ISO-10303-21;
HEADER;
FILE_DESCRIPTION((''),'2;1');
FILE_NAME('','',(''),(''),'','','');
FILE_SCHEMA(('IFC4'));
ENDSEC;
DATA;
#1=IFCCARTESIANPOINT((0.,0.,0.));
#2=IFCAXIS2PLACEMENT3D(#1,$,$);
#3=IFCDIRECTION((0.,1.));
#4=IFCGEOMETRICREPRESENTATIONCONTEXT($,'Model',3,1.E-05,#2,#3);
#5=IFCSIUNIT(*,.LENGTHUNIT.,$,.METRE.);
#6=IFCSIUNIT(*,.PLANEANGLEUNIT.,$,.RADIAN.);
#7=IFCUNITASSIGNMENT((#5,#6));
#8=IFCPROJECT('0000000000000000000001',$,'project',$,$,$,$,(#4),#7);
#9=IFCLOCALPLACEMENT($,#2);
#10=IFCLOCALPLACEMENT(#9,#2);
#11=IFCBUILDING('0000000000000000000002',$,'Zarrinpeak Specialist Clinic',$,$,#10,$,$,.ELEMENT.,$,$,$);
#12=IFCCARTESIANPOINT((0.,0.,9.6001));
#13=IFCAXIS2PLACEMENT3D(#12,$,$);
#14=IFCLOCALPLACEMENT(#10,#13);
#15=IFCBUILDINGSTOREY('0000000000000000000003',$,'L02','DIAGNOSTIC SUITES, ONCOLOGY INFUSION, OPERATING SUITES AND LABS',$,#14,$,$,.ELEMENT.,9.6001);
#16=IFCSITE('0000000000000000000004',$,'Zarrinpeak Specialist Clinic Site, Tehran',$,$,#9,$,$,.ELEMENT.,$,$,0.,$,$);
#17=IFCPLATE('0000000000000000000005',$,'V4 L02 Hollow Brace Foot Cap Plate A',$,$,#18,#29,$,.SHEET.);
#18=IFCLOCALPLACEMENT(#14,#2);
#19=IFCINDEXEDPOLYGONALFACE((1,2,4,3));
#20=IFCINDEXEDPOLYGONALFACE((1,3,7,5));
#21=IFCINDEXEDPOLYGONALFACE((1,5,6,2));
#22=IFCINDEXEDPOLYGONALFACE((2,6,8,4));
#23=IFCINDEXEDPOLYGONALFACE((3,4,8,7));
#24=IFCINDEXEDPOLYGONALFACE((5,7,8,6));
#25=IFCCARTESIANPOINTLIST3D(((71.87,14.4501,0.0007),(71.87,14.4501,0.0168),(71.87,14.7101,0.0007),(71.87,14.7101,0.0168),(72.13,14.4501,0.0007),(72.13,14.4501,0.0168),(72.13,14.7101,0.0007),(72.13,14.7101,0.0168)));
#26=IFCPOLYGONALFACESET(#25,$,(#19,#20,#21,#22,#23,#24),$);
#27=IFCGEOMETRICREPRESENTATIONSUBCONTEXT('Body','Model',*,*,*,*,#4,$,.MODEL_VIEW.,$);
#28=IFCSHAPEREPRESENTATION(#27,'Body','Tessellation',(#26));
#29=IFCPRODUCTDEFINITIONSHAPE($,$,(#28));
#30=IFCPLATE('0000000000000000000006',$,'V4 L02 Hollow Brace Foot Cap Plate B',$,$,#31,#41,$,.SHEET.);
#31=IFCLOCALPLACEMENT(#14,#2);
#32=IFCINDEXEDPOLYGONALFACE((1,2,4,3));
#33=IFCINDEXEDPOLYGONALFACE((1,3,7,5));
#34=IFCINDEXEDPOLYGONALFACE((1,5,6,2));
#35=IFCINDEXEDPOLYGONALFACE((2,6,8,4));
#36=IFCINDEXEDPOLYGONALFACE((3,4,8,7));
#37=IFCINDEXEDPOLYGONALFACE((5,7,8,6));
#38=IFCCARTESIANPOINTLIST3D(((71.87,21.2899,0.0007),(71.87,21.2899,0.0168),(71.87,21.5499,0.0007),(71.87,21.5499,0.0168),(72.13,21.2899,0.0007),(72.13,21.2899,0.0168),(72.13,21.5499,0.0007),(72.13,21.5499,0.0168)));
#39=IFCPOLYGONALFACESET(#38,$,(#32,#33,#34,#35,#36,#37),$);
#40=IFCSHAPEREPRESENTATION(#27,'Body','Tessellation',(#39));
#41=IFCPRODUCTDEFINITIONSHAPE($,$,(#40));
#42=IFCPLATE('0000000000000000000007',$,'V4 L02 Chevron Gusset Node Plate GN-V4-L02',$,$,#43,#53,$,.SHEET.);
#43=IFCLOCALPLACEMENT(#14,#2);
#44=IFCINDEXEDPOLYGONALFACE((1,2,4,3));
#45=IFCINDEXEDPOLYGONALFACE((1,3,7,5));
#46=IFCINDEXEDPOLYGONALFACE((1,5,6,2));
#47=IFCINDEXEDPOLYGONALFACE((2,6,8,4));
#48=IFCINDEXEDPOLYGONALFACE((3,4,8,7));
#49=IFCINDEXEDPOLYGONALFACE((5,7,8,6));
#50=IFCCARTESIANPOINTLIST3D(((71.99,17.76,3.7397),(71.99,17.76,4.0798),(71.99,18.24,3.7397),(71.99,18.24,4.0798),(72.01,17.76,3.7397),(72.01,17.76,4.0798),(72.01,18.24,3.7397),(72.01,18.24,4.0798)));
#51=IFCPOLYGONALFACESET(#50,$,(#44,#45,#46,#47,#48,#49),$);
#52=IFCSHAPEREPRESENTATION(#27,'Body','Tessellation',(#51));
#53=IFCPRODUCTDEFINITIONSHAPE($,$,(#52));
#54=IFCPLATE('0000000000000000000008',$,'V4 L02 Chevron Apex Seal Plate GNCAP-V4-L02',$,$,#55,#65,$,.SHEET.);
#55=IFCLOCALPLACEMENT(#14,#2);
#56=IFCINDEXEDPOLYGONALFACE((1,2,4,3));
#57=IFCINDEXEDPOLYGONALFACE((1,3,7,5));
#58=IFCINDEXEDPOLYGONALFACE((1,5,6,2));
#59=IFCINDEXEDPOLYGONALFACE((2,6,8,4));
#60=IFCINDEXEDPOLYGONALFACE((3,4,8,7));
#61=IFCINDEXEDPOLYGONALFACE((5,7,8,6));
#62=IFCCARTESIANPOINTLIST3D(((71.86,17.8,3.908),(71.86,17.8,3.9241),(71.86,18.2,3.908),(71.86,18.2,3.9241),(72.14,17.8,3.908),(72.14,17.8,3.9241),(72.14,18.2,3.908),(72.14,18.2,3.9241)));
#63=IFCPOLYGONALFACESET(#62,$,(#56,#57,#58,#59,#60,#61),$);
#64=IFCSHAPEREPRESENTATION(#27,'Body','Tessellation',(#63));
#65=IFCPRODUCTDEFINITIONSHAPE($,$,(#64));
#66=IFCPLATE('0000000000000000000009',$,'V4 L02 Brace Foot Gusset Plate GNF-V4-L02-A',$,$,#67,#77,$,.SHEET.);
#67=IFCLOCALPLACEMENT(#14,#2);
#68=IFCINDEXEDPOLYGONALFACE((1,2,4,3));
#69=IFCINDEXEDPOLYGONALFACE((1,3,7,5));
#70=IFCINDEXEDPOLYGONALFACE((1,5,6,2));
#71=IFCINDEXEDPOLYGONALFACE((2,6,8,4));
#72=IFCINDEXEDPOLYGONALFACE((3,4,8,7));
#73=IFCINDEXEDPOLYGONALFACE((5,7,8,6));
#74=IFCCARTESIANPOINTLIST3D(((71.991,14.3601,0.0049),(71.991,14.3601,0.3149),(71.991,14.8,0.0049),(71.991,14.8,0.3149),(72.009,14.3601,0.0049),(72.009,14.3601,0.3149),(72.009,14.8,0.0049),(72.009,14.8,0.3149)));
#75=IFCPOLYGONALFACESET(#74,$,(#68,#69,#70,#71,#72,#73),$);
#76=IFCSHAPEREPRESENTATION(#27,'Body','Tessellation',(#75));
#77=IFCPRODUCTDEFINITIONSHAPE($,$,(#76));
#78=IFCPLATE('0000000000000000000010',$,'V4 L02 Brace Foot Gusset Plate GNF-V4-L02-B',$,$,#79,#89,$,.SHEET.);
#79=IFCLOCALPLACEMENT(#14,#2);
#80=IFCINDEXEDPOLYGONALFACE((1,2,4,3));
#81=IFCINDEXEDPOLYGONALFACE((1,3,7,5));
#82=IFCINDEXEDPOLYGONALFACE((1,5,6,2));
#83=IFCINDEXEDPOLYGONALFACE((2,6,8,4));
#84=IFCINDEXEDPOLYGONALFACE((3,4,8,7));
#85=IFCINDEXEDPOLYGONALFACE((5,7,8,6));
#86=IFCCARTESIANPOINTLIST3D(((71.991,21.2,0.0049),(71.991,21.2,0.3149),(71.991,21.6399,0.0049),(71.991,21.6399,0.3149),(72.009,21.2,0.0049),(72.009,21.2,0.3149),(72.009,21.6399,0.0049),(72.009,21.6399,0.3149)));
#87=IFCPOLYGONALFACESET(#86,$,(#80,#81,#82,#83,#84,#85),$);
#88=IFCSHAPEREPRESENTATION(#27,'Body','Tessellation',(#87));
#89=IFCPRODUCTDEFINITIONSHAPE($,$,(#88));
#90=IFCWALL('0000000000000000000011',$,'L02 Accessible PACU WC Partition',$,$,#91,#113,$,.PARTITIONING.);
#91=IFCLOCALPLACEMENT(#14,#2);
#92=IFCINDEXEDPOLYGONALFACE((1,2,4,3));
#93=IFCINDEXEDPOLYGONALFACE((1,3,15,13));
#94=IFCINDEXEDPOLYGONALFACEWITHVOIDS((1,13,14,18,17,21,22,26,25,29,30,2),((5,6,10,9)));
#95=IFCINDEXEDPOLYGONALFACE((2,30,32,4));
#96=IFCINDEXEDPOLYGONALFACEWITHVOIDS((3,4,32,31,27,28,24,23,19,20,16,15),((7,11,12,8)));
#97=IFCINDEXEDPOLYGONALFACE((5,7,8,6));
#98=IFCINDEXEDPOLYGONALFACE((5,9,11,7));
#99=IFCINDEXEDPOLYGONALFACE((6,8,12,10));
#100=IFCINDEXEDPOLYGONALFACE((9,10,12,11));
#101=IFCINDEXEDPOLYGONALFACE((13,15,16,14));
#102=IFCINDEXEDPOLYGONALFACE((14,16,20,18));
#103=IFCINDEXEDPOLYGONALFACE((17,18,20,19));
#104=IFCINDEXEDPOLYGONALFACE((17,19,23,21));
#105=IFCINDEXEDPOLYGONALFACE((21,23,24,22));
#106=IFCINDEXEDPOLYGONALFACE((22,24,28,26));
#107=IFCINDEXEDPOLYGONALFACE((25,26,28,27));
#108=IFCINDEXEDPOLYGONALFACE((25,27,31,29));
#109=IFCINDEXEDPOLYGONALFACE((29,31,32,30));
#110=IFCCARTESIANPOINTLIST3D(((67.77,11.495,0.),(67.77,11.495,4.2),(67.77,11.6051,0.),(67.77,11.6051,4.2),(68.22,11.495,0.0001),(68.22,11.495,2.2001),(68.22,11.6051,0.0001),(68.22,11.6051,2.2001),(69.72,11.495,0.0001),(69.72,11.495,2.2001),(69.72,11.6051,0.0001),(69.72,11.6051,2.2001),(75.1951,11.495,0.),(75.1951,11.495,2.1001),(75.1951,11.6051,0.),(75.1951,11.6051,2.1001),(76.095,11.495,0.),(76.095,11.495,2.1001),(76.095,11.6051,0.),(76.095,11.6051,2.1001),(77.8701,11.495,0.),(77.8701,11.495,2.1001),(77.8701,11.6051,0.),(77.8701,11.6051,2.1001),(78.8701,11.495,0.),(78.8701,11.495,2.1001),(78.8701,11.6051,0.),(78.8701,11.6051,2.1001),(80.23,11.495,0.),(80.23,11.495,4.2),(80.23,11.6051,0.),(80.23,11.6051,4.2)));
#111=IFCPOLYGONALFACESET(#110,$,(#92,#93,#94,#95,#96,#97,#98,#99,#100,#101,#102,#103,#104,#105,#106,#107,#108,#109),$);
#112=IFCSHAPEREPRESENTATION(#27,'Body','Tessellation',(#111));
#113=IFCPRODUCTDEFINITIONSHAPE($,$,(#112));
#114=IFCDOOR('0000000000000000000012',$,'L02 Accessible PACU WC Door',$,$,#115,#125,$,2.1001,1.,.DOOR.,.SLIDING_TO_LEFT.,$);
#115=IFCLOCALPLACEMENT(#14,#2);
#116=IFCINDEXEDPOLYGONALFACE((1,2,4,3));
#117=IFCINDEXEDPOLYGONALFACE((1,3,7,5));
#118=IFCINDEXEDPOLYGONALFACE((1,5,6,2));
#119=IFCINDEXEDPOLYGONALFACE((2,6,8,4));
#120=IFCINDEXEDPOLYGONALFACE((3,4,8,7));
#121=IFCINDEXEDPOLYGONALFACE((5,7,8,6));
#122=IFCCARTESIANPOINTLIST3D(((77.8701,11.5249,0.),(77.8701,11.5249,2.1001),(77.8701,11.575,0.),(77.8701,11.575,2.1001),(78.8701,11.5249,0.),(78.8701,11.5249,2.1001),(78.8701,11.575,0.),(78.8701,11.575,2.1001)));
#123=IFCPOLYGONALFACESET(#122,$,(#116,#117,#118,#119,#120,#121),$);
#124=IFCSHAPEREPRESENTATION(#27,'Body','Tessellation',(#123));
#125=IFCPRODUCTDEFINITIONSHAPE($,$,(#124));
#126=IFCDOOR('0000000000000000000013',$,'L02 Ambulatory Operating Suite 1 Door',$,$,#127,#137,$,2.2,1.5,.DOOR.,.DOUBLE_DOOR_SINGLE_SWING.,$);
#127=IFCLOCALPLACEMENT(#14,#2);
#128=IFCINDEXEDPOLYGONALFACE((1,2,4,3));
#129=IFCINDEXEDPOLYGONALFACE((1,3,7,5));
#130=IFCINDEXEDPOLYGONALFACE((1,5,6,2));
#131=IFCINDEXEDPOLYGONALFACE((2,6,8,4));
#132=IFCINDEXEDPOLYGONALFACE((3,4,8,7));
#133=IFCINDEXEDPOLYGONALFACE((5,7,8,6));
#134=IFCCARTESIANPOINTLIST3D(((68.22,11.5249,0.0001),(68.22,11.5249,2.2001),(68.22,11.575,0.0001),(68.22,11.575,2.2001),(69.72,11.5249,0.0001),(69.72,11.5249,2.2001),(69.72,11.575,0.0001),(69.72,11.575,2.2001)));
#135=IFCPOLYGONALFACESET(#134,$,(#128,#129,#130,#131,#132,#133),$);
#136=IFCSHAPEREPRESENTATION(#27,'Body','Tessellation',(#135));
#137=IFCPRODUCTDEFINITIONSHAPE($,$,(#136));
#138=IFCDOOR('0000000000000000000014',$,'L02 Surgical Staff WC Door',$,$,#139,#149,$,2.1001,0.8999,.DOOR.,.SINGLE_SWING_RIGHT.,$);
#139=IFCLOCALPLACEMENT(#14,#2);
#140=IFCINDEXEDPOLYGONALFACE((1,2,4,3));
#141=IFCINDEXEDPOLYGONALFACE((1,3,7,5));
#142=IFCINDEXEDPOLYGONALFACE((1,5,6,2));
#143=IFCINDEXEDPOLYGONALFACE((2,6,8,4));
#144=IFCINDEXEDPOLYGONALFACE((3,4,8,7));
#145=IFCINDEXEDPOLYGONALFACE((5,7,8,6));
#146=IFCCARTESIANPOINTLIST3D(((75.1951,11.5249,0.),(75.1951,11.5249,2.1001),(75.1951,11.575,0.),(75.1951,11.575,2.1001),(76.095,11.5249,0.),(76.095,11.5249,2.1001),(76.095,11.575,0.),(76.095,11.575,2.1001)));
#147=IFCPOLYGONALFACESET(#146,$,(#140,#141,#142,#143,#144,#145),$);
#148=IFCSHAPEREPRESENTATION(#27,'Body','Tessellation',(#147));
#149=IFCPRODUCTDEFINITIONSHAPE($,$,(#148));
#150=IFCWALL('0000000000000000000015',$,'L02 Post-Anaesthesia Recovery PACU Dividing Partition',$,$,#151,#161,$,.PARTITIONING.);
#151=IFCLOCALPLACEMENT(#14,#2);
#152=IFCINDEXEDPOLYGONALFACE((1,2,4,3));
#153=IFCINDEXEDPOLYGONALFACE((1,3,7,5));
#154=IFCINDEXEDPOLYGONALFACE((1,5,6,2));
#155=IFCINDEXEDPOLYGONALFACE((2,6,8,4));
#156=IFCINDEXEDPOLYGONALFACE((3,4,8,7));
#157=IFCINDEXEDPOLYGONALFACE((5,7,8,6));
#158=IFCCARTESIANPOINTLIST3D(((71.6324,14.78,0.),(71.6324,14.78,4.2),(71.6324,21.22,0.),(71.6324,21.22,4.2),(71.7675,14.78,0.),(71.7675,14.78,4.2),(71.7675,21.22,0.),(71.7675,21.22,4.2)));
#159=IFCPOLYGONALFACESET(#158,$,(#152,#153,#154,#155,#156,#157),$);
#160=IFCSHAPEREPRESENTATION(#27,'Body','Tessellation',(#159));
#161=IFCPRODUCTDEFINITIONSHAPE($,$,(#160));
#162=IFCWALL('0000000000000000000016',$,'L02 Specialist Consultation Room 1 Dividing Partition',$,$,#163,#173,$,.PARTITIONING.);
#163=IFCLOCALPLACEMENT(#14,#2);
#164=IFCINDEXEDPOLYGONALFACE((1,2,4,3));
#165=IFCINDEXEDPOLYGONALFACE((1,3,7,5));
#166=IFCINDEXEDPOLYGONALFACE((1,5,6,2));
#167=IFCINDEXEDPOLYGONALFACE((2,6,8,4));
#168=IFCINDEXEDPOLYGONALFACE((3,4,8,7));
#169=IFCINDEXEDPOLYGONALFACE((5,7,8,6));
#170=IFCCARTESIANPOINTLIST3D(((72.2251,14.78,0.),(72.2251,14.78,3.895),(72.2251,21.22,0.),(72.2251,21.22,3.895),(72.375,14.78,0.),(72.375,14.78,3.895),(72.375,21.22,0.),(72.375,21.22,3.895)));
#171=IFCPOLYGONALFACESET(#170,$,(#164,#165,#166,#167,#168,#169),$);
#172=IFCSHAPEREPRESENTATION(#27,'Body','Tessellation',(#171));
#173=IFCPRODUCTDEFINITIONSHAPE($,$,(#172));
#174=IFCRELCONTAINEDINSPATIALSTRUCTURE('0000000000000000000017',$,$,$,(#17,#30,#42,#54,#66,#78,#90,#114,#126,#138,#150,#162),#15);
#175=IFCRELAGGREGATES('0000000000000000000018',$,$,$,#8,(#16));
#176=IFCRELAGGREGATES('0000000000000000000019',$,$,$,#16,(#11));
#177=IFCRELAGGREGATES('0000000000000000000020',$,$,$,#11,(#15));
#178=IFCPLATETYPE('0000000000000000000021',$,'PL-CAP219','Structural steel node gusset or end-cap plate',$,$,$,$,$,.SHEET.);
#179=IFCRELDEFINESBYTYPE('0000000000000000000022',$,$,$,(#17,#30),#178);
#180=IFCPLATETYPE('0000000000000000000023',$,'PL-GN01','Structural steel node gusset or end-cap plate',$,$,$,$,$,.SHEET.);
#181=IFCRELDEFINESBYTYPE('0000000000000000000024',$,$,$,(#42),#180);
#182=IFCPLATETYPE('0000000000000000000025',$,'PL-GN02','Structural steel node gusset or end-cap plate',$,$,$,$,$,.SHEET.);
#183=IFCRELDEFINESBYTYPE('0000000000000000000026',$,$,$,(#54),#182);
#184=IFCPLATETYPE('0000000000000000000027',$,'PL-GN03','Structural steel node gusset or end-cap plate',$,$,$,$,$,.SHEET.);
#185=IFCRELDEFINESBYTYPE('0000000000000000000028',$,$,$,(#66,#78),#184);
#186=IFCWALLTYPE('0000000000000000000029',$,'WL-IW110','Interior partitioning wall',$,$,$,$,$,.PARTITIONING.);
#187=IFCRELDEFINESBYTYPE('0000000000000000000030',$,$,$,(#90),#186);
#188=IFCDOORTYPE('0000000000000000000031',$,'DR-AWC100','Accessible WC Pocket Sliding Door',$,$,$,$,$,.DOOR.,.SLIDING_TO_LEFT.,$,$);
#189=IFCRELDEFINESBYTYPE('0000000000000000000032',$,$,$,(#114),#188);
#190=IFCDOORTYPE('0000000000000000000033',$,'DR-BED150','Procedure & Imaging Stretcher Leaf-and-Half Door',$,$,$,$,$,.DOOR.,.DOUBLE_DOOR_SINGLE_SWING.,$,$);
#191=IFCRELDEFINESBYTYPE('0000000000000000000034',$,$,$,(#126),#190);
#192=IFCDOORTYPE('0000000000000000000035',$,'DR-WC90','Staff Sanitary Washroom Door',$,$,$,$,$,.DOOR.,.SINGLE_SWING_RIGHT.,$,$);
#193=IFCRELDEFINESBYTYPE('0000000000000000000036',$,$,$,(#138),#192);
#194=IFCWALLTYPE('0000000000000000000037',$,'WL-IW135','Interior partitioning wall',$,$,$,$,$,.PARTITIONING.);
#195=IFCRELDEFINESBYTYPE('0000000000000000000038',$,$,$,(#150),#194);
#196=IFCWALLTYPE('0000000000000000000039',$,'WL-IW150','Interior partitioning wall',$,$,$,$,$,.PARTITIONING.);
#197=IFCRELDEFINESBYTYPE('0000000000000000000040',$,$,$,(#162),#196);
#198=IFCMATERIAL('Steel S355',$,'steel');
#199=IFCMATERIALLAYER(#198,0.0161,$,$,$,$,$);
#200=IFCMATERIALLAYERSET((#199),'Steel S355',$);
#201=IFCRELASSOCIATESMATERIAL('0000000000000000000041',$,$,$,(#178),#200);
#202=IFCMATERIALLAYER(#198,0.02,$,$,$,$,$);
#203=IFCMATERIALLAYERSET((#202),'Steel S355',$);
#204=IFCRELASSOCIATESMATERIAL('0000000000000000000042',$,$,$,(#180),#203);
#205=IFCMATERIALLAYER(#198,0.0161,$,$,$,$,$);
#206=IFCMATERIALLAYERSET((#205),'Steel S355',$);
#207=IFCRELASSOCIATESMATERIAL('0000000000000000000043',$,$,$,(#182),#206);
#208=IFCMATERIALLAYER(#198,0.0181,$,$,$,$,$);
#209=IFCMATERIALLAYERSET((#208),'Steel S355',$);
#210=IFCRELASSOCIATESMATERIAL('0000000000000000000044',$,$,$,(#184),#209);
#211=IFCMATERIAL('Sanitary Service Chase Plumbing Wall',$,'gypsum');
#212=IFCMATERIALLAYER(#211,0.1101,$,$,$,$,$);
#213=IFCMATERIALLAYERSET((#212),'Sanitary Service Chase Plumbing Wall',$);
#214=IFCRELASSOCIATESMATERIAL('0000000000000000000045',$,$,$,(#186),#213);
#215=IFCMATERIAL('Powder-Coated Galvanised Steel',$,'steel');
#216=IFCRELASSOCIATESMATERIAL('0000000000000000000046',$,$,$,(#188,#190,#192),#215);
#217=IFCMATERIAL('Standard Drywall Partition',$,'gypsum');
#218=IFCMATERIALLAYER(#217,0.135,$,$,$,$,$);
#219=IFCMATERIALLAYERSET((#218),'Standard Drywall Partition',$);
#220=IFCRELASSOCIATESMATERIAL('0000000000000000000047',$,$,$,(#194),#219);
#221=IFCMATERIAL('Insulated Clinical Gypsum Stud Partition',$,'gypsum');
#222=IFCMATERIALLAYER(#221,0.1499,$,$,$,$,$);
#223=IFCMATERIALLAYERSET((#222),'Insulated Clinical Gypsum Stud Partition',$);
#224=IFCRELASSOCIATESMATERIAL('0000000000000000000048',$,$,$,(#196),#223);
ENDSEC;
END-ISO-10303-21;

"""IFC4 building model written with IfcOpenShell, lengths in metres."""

from ifc_helpers import new_model, si_unit, direction, frame, frame_2d, origin, origin_2d, place, context, subcontext, project, spatial, rectangle, extrude, material, layer, layer_set, type_object, element, fill, save


model = new_model("IFC4")

# Units and contexts
model_context = context("Model", 3, precision=1e-05, world=origin(), true_north=direction((0.0, 1.0)))
body_context = subcontext(model_context, "Body", "Model", "MODEL_VIEW")
ifc_project = project(units=[si_unit("LENGTHUNIT", "METRE"), si_unit("PLANEANGLEUNIT", "RADIAN")], contexts=[model_context])

# Site, building, storey
site_placement = place(None, origin())
site = spatial("IfcSite", under=ifc_project, at=site_placement, Name="Zarrinpeak Specialist Clinic Site, Tehran", CompositionType="ELEMENT", RefElevation=0.0)
building_placement = place(site_placement, origin())
building = spatial("IfcBuilding", under=site, at=building_placement, Name="Zarrinpeak Specialist Clinic", CompositionType="ELEMENT")
storey_placement = place(building_placement, frame((0.0, 0.0, 9.6001)))
storey = spatial("IfcBuildingStorey", under=building, at=storey_placement, Name="L02", Description="DIAGNOSTIC SUITES, ONCOLOGY INFUSION, OPERATING SUITES AND LABS", CompositionType="ELEMENT", Elevation=9.6001)

# Shared definitions
ifc_material_1 = material(Name="Steel S355", Category="steel")

# Plates
ifc_layer_1 = layer(ifc_material_1, 0.0161)
ifc_layer_set_1 = layer_set([ifc_layer_1], Name="Steel S355")
plate_type_1 = type_object("IfcPlateType", Name="PL-CAP219", Description="Structural steel node gusset or end-cap plate", PredefinedType="SHEET", material=ifc_layer_set_1)
for number, where, z_axis, x_axis, name in (
    (1, (72.0, 14.5801, 0.0007), (0.0, 0.0, 1.0), (1.0, 0.0, 0.0), "V4 L02 Hollow Brace Foot Cap Plate A"),
    (2, (72.0, 21.4199, 0.0007), (0.0, 0.0, 1.0), (1.0, 0.0, 0.0), "V4 L02 Hollow Brace Foot Cap Plate B"),
):
    element("IfcPlate", number, at=place(storey_placement, frame(where, z_axis=z_axis, x_axis=x_axis)), inside=storey, type_object=plate_type_1, Name=name, PredefinedType="SHEET", context=body_context, shape_type="SweptSolid", body=[
        extrude(rectangle(XDim=0.26, YDim=0.26, at=origin_2d()), origin(), (0.0, 0.0, 1.0), 0.0161),
    ])
ifc_layer_2 = layer(ifc_material_1, 0.02)
ifc_layer_set_2 = layer_set([ifc_layer_2], Name="Steel S355")
plate_type_2 = type_object("IfcPlateType", Name="PL-GN01", Description="Structural steel node gusset or end-cap plate", PredefinedType="SHEET", material=ifc_layer_set_2)
plate_1_placement = place(storey_placement, frame((72.0, 18.0, 3.7397), z_axis=(0.0, 0.0, 1.0), x_axis=(1.0, 0.0, 0.0)))
element("IfcPlate", 3, at=plate_1_placement, inside=storey, type_object=plate_type_2, Name="V4 L02 Chevron Gusset Node Plate GN-V4-L02", PredefinedType="SHEET", context=body_context, shape_type="SweptSolid", body=[
    extrude(rectangle(XDim=0.02, YDim=0.48, at=origin_2d()), origin(), (0.0, 0.0, 1.0), 0.3401),
])
ifc_layer_3 = layer(ifc_material_1, 0.0161)
ifc_layer_set_3 = layer_set([ifc_layer_3], Name="Steel S355")
plate_type_3 = type_object("IfcPlateType", Name="PL-GN02", Description="Structural steel node gusset or end-cap plate", PredefinedType="SHEET", material=ifc_layer_set_3)
plate_2_placement = place(storey_placement, frame((72.0, 18.0, 3.908), z_axis=(0.0, 0.0, 1.0), x_axis=(1.0, 0.0, 0.0)))
element("IfcPlate", 4, at=plate_2_placement, inside=storey, type_object=plate_type_3, Name="V4 L02 Chevron Apex Seal Plate GNCAP-V4-L02", PredefinedType="SHEET", context=body_context, shape_type="SweptSolid", body=[
    extrude(rectangle(XDim=0.28, YDim=0.3999, at=origin_2d()), origin(), (0.0, 0.0, 1.0), 0.0161),
])
ifc_layer_4 = layer(ifc_material_1, 0.0181)
ifc_layer_set_4 = layer_set([ifc_layer_4], Name="Steel S355")
plate_type_4 = type_object("IfcPlateType", Name="PL-GN03", Description="Structural steel node gusset or end-cap plate", PredefinedType="SHEET", material=ifc_layer_set_4)
for number, where, z_axis, x_axis, name in (
    (5, (72.0, 14.5801, 0.0049), (0.0, 0.0, 1.0), (1.0, 0.0, 0.0), "V4 L02 Brace Foot Gusset Plate GNF-V4-L02-A"),
    (6, (72.0, 21.4199, 0.0049), (0.0, 0.0, 1.0), (1.0, 0.0, 0.0), "V4 L02 Brace Foot Gusset Plate GNF-V4-L02-B"),
):
    element("IfcPlate", number, at=place(storey_placement, frame(where, z_axis=z_axis, x_axis=x_axis)), inside=storey, type_object=plate_type_4, Name=name, PredefinedType="SHEET", context=body_context, shape_type="SweptSolid", body=[
        extrude(rectangle(XDim=0.0181, YDim=0.4399, at=origin_2d()), origin(), (0.0, 0.0, 1.0), 0.3101),
    ])

# Wall, openings, doors
ifc_material_2 = material(Name="Sanitary Service Chase Plumbing Wall", Category="gypsum")
ifc_layer_5 = layer(ifc_material_2, 0.1101)
ifc_layer_set_5 = layer_set([ifc_layer_5], Name="Sanitary Service Chase Plumbing Wall")
wall_type_1 = type_object("IfcWallType", Name="WL-IW110", Description="Interior partitioning wall", PredefinedType="PARTITIONING", material=ifc_layer_set_5)
wall_1_placement = place(storey_placement, frame((67.77, 11.55, 0.0), z_axis=(0.0, 0.0, 1.0), x_axis=(1.0, 0.0, 0.0)))
wall_1 = element("IfcWall", 7, at=wall_1_placement, inside=storey, type_object=wall_type_1, Name="L02 Accessible PACU WC Partition", PredefinedType="PARTITIONING", context=body_context, shape_type="SweptSolid", body=[
    extrude(rectangle(XDim=12.46, YDim=0.1101, at=frame_2d((6.23, 0.0))), origin(), (0.0, 0.0, 1.0), 4.2),
])
opening_1_placement = place(wall_1_placement, frame((10.1001, 0.0, 0.0)))
opening_1 = element("IfcOpeningElement", 8, at=opening_1_placement, cuts=wall_1, PredefinedType="OPENING", context=body_context, shape_type="SweptSolid", body=[
    extrude(rectangle(XDim=1.0, YDim=2.1001, at=frame_2d((0.5, 1.05))), frame((0.0, 0.0649, 0.0), z_axis=(0.0, -1.0, 0.0), x_axis=(1.0, 0.0, 0.0)), (0.0, 0.0, 1.0), 0.1301),
])
opening_2_placement = place(wall_1_placement, frame((7.425, 0.0, 0.0)))
opening_2 = element("IfcOpeningElement", 9, at=opening_2_placement, cuts=wall_1, PredefinedType="OPENING", context=body_context, shape_type="SweptSolid", body=[
    extrude(rectangle(XDim=0.8999, YDim=2.1001, at=frame_2d((0.45, 1.05))), frame((0.0, 0.0649, 0.0), z_axis=(0.0, -1.0, 0.0), x_axis=(1.0, 0.0, 0.0)), (0.0, 0.0, 1.0), 0.1301),
])
opening_3_placement = place(wall_1_placement, frame((0.45, 0.0, 0.0)))
opening_3 = element("IfcOpeningElement", 10, at=opening_3_placement, cuts=wall_1, PredefinedType="OPENING", context=body_context, shape_type="SweptSolid", body=[
    extrude(rectangle(XDim=1.5, YDim=2.2, at=frame_2d((0.75, 1.1001))), frame((0.0, 0.0649, 0.0), z_axis=(0.0, -1.0, 0.0), x_axis=(1.0, 0.0, 0.0)), (0.0, 0.0, 1.0), 0.1301),
])
ifc_material_3 = material(Name="Powder-Coated Galvanised Steel", Category="steel")
door_type_1 = type_object("IfcDoorType", Name="DR-AWC100", Description="Accessible WC Pocket Sliding Door", OperationType="SLIDING_TO_LEFT", PredefinedType="DOOR", material=ifc_material_3)
door_1_placement = place(opening_1_placement, origin())
door_1 = element("IfcDoor", 11, at=door_1_placement, inside=storey, type_object=door_type_1, Name="L02 Accessible PACU WC Door", OperationType="SLIDING_TO_LEFT", OverallHeight=2.1001, OverallWidth=1.0, PredefinedType="DOOR", context=body_context, shape_type="SweptSolid", body=[
    extrude(rectangle(XDim=1.0, YDim=2.1001, at=frame_2d((0.5, 1.05))), frame((0.0, 0.0249, 0.0), z_axis=(0.0, -1.0, 0.0), x_axis=(1.0, 0.0, 0.0)), (0.0, 0.0, 1.0), 0.05),
])
fill(opening_1, door_1)
door_type_2 = type_object("IfcDoorType", Name="DR-BED150", Description="Procedure & Imaging Stretcher Leaf-and-Half Door", OperationType="DOUBLE_DOOR_SINGLE_SWING", PredefinedType="DOOR", material=ifc_material_3)
door_2_placement = place(opening_3_placement, origin())
door_2 = element("IfcDoor", 12, at=door_2_placement, inside=storey, type_object=door_type_2, Name="L02 Ambulatory Operating Suite 1 Door", OperationType="DOUBLE_DOOR_SINGLE_SWING", OverallHeight=2.2, OverallWidth=1.5, PredefinedType="DOOR", context=body_context, shape_type="SweptSolid", body=[
    extrude(rectangle(XDim=1.5, YDim=2.2, at=frame_2d((0.75, 1.1001))), frame((0.0, 0.0249, 0.0), z_axis=(0.0, -1.0, 0.0), x_axis=(1.0, 0.0, 0.0)), (0.0, 0.0, 1.0), 0.05),
])
fill(opening_3, door_2)
door_type_3 = type_object("IfcDoorType", Name="DR-WC90", Description="Staff Sanitary Washroom Door", OperationType="SINGLE_SWING_RIGHT", PredefinedType="DOOR", material=ifc_material_3)
door_3_placement = place(opening_2_placement, origin())
door_3 = element("IfcDoor", 13, at=door_3_placement, inside=storey, type_object=door_type_3, Name="L02 Surgical Staff WC Door", OperationType="SINGLE_SWING_RIGHT", OverallHeight=2.1001, OverallWidth=0.8999, PredefinedType="DOOR", context=body_context, shape_type="SweptSolid", body=[
    extrude(rectangle(XDim=0.8999, YDim=2.1001, at=frame_2d((0.45, 1.05))), frame((0.0, 0.0249, 0.0), z_axis=(0.0, -1.0, 0.0), x_axis=(1.0, 0.0, 0.0)), (0.0, 0.0, 1.0), 0.05),
])
fill(opening_2, door_3)

# Walls
ifc_material_4 = material(Name="Standard Drywall Partition", Category="gypsum")
ifc_layer_6 = layer(ifc_material_4, 0.135)
ifc_layer_set_6 = layer_set([ifc_layer_6], Name="Standard Drywall Partition")
wall_type_2 = type_object("IfcWallType", Name="WL-IW135", Description="Interior partitioning wall", PredefinedType="PARTITIONING", material=ifc_layer_set_6)
wall_2_placement = place(storey_placement, frame((71.7, 14.78, 0.0), z_axis=(0.0, 0.0, 1.0), x_axis=(0.0, 1.0, 0.0)))
element("IfcWall", 14, at=wall_2_placement, inside=storey, type_object=wall_type_2, Name="L02 Post-Anaesthesia Recovery PACU Dividing Partition", PredefinedType="PARTITIONING", context=body_context, shape_type="SweptSolid", body=[
    extrude(rectangle(XDim=6.4399, YDim=0.135, at=frame_2d((3.22, 0.0))), origin(), (0.0, 0.0, 1.0), 4.2),
])
ifc_material_5 = material(Name="Insulated Clinical Gypsum Stud Partition", Category="gypsum")
ifc_layer_7 = layer(ifc_material_5, 0.1499)
ifc_layer_set_7 = layer_set([ifc_layer_7], Name="Insulated Clinical Gypsum Stud Partition")
wall_type_3 = type_object("IfcWallType", Name="WL-IW150", Description="Interior partitioning wall", PredefinedType="PARTITIONING", material=ifc_layer_set_7)
wall_3_placement = place(storey_placement, frame((72.3, 14.78, 0.0), z_axis=(0.0, 0.0, 1.0), x_axis=(0.0, 1.0, 0.0)))
element("IfcWall", 15, at=wall_3_placement, inside=storey, type_object=wall_type_3, Name="L02 Specialist Consultation Room 1 Dividing Partition", PredefinedType="PARTITIONING", context=body_context, shape_type="SweptSolid", body=[
    extrude(rectangle(XDim=6.4399, YDim=0.1499, at=frame_2d((3.22, 0.0))), origin(), (0.0, 0.0, 1.0), 3.895),
])

save(model, "model.ifc")
